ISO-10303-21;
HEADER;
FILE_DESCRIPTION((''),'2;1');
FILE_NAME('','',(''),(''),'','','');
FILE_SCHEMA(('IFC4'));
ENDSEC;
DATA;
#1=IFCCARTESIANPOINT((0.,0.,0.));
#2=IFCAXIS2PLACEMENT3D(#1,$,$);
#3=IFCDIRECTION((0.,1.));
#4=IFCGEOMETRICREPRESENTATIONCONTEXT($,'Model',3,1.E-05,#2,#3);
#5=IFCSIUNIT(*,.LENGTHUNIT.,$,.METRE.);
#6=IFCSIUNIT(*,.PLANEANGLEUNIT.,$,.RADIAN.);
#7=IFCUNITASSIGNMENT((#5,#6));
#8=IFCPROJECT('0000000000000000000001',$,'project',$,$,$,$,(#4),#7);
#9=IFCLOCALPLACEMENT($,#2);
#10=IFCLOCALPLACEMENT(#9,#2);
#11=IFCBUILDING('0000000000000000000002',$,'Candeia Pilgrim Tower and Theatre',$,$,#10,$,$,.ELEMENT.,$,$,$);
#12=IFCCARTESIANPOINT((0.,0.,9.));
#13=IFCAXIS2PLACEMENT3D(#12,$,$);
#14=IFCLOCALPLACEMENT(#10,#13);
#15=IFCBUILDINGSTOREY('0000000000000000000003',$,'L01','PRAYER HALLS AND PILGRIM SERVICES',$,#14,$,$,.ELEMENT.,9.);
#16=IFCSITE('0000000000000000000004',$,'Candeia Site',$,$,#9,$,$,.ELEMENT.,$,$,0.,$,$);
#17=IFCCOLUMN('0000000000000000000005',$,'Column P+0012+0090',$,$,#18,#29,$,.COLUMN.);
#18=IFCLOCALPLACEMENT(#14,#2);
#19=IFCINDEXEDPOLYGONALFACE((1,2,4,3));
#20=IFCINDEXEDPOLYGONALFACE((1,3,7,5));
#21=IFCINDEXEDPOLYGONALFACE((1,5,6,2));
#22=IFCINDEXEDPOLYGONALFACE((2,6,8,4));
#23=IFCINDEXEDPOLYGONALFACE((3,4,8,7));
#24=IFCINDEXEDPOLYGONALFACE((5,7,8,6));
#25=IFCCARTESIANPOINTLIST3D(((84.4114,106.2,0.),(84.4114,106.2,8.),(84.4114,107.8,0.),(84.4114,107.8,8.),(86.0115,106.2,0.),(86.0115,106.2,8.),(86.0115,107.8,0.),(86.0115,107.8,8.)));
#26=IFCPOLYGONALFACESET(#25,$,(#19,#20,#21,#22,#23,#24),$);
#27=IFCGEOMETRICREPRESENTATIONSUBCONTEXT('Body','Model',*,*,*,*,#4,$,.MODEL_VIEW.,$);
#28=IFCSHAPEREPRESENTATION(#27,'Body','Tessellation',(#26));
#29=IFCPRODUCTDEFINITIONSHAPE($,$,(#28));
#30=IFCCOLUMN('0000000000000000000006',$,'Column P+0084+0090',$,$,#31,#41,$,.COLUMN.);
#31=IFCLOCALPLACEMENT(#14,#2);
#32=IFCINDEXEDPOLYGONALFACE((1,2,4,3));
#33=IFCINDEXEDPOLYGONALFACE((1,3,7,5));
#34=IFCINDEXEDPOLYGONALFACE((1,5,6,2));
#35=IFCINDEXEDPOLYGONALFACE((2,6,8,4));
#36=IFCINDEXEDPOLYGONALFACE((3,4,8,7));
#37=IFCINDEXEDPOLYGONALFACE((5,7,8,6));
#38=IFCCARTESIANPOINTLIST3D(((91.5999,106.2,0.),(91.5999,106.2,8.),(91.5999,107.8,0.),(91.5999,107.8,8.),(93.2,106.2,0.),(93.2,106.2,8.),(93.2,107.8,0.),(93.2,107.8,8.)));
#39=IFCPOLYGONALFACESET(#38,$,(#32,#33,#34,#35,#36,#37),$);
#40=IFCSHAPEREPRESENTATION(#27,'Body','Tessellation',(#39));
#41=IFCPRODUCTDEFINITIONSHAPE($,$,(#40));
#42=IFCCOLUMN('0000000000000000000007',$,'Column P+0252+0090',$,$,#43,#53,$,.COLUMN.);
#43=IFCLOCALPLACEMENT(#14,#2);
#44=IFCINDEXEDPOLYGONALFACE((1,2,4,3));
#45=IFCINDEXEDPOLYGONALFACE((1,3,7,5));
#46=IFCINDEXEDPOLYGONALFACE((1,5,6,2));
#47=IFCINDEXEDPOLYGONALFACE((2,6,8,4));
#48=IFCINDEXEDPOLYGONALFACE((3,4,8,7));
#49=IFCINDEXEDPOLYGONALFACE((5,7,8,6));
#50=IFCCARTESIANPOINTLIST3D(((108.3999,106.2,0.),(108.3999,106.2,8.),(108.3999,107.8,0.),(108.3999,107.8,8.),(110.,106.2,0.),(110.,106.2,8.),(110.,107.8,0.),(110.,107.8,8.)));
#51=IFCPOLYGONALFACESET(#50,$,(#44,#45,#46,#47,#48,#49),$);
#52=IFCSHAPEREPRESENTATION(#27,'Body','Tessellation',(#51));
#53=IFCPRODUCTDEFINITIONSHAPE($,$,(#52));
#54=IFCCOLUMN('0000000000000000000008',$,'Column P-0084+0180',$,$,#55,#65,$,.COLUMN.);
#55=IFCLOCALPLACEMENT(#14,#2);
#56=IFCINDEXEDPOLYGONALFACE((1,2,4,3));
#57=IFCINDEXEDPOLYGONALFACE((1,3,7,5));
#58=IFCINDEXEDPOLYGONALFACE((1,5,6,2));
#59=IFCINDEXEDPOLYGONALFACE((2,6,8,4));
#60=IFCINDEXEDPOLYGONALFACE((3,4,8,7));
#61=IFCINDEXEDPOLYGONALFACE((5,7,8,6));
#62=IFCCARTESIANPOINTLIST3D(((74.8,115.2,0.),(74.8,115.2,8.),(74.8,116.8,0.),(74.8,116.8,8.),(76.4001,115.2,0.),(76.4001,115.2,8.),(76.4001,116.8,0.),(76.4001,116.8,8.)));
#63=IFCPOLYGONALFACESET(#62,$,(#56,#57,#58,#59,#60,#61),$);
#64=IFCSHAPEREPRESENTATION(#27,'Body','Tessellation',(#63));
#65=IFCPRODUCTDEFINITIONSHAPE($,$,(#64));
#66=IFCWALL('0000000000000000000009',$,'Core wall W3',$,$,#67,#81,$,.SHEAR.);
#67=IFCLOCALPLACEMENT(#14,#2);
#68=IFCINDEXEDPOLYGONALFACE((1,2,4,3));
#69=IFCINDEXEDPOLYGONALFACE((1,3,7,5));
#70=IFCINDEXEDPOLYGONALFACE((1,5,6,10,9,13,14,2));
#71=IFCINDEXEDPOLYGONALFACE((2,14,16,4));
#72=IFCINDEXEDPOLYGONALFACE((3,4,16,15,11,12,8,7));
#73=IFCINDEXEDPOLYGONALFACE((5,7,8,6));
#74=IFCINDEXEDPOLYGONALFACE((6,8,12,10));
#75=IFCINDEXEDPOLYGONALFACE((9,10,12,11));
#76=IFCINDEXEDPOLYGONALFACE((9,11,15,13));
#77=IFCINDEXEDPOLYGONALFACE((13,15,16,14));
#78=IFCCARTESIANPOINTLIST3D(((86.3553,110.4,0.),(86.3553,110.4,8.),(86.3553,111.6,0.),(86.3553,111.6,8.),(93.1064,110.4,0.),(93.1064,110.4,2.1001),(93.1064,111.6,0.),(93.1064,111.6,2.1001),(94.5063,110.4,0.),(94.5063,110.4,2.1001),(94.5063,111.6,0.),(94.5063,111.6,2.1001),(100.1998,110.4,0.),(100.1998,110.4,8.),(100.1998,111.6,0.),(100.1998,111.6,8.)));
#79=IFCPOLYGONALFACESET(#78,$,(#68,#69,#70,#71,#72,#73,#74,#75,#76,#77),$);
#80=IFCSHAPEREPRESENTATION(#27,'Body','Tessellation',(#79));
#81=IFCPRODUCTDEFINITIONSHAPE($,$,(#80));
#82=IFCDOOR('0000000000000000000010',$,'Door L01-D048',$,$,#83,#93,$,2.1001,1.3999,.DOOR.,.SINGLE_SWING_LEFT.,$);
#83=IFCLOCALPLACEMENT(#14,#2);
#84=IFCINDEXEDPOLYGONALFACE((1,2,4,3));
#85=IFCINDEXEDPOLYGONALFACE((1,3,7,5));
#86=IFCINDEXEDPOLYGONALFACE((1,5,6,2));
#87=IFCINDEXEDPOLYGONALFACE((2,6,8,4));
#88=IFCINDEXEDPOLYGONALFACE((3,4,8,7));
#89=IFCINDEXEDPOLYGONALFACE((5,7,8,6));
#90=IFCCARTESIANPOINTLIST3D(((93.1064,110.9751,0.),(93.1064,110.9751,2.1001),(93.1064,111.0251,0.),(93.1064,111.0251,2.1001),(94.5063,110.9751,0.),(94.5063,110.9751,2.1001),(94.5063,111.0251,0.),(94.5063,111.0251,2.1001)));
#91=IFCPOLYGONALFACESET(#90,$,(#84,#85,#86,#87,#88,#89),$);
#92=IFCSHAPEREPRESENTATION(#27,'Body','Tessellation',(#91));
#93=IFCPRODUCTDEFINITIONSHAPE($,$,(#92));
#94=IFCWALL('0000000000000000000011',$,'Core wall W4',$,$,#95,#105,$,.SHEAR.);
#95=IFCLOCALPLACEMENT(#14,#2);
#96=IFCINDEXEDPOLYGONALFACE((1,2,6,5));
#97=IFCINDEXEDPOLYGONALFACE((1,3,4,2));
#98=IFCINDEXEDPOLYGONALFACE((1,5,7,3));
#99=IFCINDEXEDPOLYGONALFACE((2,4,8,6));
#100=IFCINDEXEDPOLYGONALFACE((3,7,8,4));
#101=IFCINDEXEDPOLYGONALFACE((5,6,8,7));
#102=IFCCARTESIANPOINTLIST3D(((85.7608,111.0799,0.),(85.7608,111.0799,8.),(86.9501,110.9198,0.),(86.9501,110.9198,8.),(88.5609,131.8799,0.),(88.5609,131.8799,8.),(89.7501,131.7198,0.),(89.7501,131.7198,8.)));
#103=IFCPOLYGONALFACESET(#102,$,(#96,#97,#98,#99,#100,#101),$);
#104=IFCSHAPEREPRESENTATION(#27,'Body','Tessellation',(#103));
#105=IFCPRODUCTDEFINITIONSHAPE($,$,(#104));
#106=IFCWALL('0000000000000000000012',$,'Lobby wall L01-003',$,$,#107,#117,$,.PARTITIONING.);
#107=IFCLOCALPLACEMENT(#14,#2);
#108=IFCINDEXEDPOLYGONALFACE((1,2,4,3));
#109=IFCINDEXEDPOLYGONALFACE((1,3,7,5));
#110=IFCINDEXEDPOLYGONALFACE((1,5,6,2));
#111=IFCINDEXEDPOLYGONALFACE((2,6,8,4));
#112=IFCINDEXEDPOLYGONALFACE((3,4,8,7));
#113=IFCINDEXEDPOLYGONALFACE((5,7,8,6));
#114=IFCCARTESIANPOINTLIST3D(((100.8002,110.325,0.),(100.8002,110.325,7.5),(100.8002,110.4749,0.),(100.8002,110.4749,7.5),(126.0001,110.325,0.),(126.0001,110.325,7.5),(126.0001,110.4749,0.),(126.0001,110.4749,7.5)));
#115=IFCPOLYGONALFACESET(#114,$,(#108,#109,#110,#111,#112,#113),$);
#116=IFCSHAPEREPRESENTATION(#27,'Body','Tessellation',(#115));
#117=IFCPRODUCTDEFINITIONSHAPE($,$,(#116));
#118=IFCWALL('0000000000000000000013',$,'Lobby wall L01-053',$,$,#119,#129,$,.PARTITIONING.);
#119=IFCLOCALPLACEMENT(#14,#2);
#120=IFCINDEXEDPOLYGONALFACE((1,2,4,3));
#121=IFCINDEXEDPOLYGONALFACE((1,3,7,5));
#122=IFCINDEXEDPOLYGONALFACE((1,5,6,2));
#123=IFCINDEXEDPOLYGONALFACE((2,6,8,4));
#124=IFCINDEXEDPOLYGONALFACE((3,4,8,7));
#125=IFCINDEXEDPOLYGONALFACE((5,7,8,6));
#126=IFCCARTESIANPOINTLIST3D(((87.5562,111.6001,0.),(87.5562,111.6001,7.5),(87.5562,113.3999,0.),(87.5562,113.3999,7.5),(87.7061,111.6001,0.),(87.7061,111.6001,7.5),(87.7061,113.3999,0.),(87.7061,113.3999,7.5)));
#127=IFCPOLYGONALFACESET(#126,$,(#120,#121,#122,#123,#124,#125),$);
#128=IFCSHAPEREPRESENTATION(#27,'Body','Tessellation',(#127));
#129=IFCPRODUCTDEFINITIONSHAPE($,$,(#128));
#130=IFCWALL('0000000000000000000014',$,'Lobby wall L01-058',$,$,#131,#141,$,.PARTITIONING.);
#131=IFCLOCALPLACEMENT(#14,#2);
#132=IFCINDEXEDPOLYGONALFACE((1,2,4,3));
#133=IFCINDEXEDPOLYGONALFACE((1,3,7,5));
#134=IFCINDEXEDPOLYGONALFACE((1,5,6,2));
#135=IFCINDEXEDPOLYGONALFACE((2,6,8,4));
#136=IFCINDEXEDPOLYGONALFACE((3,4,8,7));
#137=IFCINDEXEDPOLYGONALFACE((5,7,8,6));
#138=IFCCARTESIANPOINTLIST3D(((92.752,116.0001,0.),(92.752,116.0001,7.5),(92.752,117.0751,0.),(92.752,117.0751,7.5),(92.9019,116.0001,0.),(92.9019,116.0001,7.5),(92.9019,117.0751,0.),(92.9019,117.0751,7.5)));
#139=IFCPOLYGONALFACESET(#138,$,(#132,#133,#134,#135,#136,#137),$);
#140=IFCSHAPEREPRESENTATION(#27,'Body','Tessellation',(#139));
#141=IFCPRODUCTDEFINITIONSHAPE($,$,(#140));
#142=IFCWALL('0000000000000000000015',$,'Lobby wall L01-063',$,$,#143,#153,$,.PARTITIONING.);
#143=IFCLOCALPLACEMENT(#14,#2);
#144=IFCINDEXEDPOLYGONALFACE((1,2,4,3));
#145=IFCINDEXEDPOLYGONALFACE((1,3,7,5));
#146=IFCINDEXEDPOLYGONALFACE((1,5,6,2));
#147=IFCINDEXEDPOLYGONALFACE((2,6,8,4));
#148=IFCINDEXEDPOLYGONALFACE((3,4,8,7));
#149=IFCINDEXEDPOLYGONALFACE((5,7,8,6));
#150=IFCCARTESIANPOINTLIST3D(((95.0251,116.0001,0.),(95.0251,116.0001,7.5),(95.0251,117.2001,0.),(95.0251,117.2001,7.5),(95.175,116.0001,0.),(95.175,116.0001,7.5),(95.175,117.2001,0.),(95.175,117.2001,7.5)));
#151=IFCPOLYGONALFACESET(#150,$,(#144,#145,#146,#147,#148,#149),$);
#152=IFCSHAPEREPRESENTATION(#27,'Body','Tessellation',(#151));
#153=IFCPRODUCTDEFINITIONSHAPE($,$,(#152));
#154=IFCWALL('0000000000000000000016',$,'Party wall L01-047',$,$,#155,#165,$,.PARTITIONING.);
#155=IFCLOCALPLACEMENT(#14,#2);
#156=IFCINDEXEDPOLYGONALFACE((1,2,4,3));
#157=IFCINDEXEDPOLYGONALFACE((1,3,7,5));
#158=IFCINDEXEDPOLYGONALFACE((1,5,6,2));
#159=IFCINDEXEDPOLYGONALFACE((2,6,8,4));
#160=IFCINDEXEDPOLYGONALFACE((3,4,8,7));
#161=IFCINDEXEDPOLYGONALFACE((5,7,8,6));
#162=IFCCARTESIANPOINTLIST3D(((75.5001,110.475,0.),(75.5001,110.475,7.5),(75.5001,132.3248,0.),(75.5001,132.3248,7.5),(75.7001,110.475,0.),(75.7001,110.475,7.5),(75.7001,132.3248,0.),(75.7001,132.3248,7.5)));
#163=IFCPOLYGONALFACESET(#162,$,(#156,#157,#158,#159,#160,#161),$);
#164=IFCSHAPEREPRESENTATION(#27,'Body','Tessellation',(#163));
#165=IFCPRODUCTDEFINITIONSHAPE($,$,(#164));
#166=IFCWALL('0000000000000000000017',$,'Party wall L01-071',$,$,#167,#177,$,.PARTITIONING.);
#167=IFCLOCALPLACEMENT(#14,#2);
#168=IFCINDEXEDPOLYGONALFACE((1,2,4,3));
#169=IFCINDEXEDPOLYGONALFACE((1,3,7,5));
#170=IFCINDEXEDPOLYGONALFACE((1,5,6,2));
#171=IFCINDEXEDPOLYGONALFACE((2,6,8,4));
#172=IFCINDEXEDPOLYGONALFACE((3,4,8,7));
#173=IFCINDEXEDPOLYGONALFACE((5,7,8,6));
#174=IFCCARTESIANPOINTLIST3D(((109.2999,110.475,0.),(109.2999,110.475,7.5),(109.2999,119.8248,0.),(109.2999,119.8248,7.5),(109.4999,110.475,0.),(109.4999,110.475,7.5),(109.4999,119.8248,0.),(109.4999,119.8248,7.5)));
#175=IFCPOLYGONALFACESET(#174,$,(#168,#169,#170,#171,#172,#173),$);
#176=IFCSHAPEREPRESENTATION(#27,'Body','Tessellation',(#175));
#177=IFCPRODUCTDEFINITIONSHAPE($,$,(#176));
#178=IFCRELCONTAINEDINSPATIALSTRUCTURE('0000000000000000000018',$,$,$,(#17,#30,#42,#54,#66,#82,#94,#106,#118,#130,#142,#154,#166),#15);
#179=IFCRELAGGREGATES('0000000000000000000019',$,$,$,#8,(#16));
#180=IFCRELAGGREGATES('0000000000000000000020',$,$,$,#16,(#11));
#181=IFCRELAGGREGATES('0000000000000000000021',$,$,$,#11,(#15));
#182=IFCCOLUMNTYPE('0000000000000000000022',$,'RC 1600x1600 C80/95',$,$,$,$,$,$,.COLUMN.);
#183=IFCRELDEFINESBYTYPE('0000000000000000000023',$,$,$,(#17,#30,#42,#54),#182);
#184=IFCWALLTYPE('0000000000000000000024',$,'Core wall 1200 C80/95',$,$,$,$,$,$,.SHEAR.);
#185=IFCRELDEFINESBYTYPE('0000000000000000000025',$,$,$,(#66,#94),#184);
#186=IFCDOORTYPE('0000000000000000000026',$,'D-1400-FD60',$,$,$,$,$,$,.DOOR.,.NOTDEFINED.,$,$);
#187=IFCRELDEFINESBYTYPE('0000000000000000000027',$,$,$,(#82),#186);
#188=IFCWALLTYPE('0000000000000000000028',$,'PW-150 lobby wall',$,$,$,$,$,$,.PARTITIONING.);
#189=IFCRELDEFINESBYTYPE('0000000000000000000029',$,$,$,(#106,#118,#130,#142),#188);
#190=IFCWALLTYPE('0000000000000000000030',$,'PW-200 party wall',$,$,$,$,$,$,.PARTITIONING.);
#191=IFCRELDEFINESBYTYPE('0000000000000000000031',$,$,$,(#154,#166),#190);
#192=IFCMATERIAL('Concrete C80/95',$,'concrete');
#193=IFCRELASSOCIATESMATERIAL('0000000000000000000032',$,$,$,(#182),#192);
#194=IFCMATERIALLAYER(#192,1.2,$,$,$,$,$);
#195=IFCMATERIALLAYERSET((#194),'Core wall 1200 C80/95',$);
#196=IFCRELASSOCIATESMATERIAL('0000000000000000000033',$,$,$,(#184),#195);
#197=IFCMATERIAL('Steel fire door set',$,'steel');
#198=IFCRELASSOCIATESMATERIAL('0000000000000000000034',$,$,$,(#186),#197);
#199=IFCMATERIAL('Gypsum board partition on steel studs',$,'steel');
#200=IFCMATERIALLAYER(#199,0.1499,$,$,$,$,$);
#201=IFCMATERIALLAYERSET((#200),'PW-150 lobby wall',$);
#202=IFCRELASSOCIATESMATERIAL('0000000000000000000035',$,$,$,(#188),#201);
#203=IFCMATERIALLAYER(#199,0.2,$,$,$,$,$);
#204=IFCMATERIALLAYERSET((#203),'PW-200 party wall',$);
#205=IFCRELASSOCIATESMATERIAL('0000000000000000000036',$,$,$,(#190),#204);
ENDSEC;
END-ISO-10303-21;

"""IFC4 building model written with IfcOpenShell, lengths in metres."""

from ifc_helpers import new_model, si_unit, direction, frame, frame_2d, origin, origin_2d, place, context, subcontext, project, spatial, rectangle, extrude, material, layer, layer_set, material_profile, profile_set, type_object, element, fill, save


model = new_model("IFC4")

# Units and contexts
model_context = context("Model", 3, precision=1e-05, world=origin(), true_north=direction((0.0, 1.0)))
body_context = subcontext(model_context, "Body", "Model", "MODEL_VIEW")
ifc_project = project(units=[si_unit("LENGTHUNIT", "METRE"), si_unit("PLANEANGLEUNIT", "RADIAN")], contexts=[model_context])

# Site, building, storey
site_placement = place(None, origin())
site = spatial("IfcSite", under=ifc_project, at=site_placement, Name="Candeia Site", CompositionType="ELEMENT", RefElevation=0.0)
building_placement = place(site_placement, origin())
building = spatial("IfcBuilding", under=site, at=building_placement, Name="Candeia Pilgrim Tower and Theatre", CompositionType="ELEMENT")
storey_placement = place(building_placement, frame((0.0, 0.0, 9.0)))
storey = spatial("IfcBuildingStorey", under=building, at=storey_placement, Name="L01", Description="PRAYER HALLS AND PILGRIM SERVICES", CompositionType="ELEMENT", Elevation=9.0)

# Columns
ifc_material_1 = material(Name="Concrete C80/95", Category="concrete")
ifc_material_profile = material_profile(ifc_material_1, rectangle(XDim=1.6001, YDim=1.6001, at=origin_2d()))
ifc_profile_set = profile_set([ifc_material_profile], Name="Concrete C80/95")
column_type = type_object("IfcColumnType", Name="RC 1600x1600 C80/95", PredefinedType="COLUMN", material=ifc_profile_set)
for number, where, z_axis, x_axis, name in (
    (1, (85.2114, 107.0, 0.0), (0.0, 0.0, 1.0), (1.0, 0.0, 0.0), "Column P+0012+0090"),
    (2, (92.3999, 107.0, 0.0), (0.0, 0.0, 1.0), (1.0, 0.0, 0.0), "Column P+0084+0090"),
    (3, (109.2, 107.0, 0.0), (0.0, 0.0, 1.0), (1.0, 0.0, 0.0), "Column P+0252+0090"),
    (4, (75.6001, 116.0, 0.0), (0.0, 0.0, 1.0), (1.0, 0.0, 0.0), "Column P-0084+0180"),
):
    element("IfcColumn", number, at=place(storey_placement, frame(where, z_axis=z_axis, x_axis=x_axis)), inside=storey, type_object=column_type, Name=name, PredefinedType="COLUMN", context=body_context, shape_type="SweptSolid", body=[
        extrude(rectangle(XDim=1.6001, YDim=1.6001, at=origin_2d()), origin(), (0.0, 0.0, 1.0), 8.0),
    ])

# Wall, opening, door
ifc_layer_1 = layer(ifc_material_1, 1.2)
ifc_layer_set_1 = layer_set([ifc_layer_1], Name="Core wall 1200 C80/95")
wall_type_1 = type_object("IfcWallType", Name="Core wall 1200 C80/95", PredefinedType="SHEAR", material=ifc_layer_set_1)
wall_1_placement = place(storey_placement, frame((100.2, 111.0, 0.0), z_axis=(0.0, 0.0, 1.0), x_axis=(-1.0, 0.0, 0.0)))
wall_1 = element("IfcWall", 5, at=wall_1_placement, inside=storey, type_object=wall_type_1, Name="Core wall W3", PredefinedType="SHEAR", context=body_context, shape_type="SweptSolid", body=[
    extrude(rectangle(XDim=13.8445, YDim=1.2, at=frame_2d((6.9224, 0.0))), origin(), (0.0, 0.0, 1.0), 8.0),
])
opening_1_placement = place(wall_1_placement, frame((5.6936, 0.0, 0.0)))
opening_1 = element("IfcOpeningElement", 6, at=opening_1_placement, cuts=wall_1, PredefinedType="OPENING", context=body_context, shape_type="SweptSolid", body=[
    extrude(rectangle(XDim=1.3999, YDim=2.1001, at=frame_2d((0.7, 1.05))), frame((0.0, 0.6099, 0.0), z_axis=(0.0, -1.0, 0.0), x_axis=(1.0, 0.0, 0.0)), (0.0, 0.0, 1.0), 1.22),
])
ifc_material_2 = material(Name="Steel fire door set", Category="steel")
door_type_1 = type_object("IfcDoorType", Name="D-1400-FD60", OperationType="NOTDEFINED", PredefinedType="DOOR", material=ifc_material_2)
door_1_placement = place(opening_1_placement, origin())
door_1 = element("IfcDoor", 7, at=door_1_placement, inside=storey, type_object=door_type_1, Name="Door L01-D048", OperationType="SINGLE_SWING_LEFT", OverallHeight=2.1001, OverallWidth=1.3999, PredefinedType="DOOR", context=body_context, shape_type="SweptSolid", body=[
    extrude(rectangle(XDim=1.3999, YDim=2.1001, at=frame_2d((0.7, 1.05))), frame((0.0, 0.0249, 0.0), z_axis=(0.0, -1.0, 0.0), x_axis=(1.0, 0.0, 0.0)), (0.0, 0.0, 1.0), 0.05),
])
fill(opening_1, door_1)

# Walls
wall_2_placement = place(storey_placement, frame((86.3555, 111.0, 0.0), z_axis=(0.0, 0.0, 1.0), x_axis=(0.133414, 0.99106, 0.0)))
element("IfcWall", 8, at=wall_2_placement, inside=storey, type_object=wall_type_1, Name="Core wall W4", PredefinedType="SHEAR", context=body_context, shape_type="SweptSolid", body=[
    extrude(rectangle(XDim=20.9875, YDim=1.2, at=frame_2d((10.4937, 0.0))), origin(), (0.0, 0.0, 1.0), 8.0),
])
ifc_material_3 = material(Name="Gypsum board partition on steel studs", Category="steel")
ifc_layer_2 = layer(ifc_material_3, 0.1499)
ifc_layer_set_2 = layer_set([ifc_layer_2], Name="PW-150 lobby wall")
wall_type_2 = type_object("IfcWallType", Name="PW-150 lobby wall", PredefinedType="PARTITIONING", material=ifc_layer_set_2)
wall_3_placement = place(storey_placement, frame((100.8, 110.3999, 0.0), z_axis=(0.0, 0.0, 1.0), x_axis=(1.0, 0.0, 0.0)))
element("IfcWall", 9, at=wall_3_placement, inside=storey, type_object=wall_type_2, Name="Lobby wall L01-003", PredefinedType="PARTITIONING", context=body_context, shape_type="SweptSolid", body=[
    extrude(rectangle(XDim=25.2, YDim=0.1499, at=frame_2d((12.6001, 0.0))), origin(), (0.0, 0.0, 1.0), 7.5),
])
wall_4_placement = place(storey_placement, frame((87.6311, 111.6001, 0.0), z_axis=(0.0, 0.0, 1.0), x_axis=(0.0, 1.0, 0.0)))
element("IfcWall", 10, at=wall_4_placement, inside=storey, type_object=wall_type_2, Name="Lobby wall L01-053", PredefinedType="PARTITIONING", context=body_context, shape_type="SweptSolid", body=[
    extrude(rectangle(XDim=1.7998, YDim=0.1499, at=frame_2d((0.8999, 0.0))), origin(), (0.0, 0.0, 1.0), 7.5),
])
wall_5_placement = place(storey_placement, frame((92.8269, 116.0, 0.0), z_axis=(0.0, 0.0, 1.0), x_axis=(0.0, 1.0, 0.0)))
element("IfcWall", 11, at=wall_5_placement, inside=storey, type_object=wall_type_2, Name="Lobby wall L01-058", PredefinedType="PARTITIONING", context=body_context, shape_type="SweptSolid", body=[
    extrude(rectangle(XDim=1.075, YDim=0.1499, at=frame_2d((0.5376, 0.0))), origin(), (0.0, 0.0, 1.0), 7.5),
])
wall_6_placement = place(storey_placement, frame((95.1001, 116.0, 0.0), z_axis=(0.0, 0.0, 1.0), x_axis=(0.0, 1.0, 0.0)))
element("IfcWall", 12, at=wall_6_placement, inside=storey, type_object=wall_type_2, Name="Lobby wall L01-063", PredefinedType="PARTITIONING", context=body_context, shape_type="SweptSolid", body=[
    extrude(rectangle(XDim=1.2, YDim=0.1499, at=frame_2d((0.6001, 0.0))), origin(), (0.0, 0.0, 1.0), 7.5),
])
ifc_layer_3 = layer(ifc_material_3, 0.2)
ifc_layer_set_3 = layer_set([ifc_layer_3], Name="PW-200 party wall")
wall_type_3 = type_object("IfcWallType", Name="PW-200 party wall", PredefinedType="PARTITIONING", material=ifc_layer_set_3)
wall_7_placement = place(storey_placement, frame((75.6001, 110.4751, 0.0), z_axis=(0.0, 0.0, 1.0), x_axis=(0.0, 1.0, 0.0)))
element("IfcWall", 13, at=wall_7_placement, inside=storey, type_object=wall_type_3, Name="Party wall L01-047", PredefinedType="PARTITIONING", context=body_context, shape_type="SweptSolid", body=[
    extrude(rectangle(XDim=21.8499, YDim=0.2, at=frame_2d((10.9248, 0.0))), origin(), (0.0, 0.0, 1.0), 7.5),
])
wall_8_placement = place(storey_placement, frame((109.3999, 110.4751, 0.0), z_axis=(0.0, 0.0, 1.0), x_axis=(0.0, 1.0, 0.0)))
element("IfcWall", 14, at=wall_8_placement, inside=storey, type_object=wall_type_3, Name="Party wall L01-071", PredefinedType="PARTITIONING", context=body_context, shape_type="SweptSolid", body=[
    extrude(rectangle(XDim=9.3499, YDim=0.2, at=frame_2d((4.6748, 0.0))), origin(), (0.0, 0.0, 1.0), 7.5),
])

save(model, "model.ifc")
